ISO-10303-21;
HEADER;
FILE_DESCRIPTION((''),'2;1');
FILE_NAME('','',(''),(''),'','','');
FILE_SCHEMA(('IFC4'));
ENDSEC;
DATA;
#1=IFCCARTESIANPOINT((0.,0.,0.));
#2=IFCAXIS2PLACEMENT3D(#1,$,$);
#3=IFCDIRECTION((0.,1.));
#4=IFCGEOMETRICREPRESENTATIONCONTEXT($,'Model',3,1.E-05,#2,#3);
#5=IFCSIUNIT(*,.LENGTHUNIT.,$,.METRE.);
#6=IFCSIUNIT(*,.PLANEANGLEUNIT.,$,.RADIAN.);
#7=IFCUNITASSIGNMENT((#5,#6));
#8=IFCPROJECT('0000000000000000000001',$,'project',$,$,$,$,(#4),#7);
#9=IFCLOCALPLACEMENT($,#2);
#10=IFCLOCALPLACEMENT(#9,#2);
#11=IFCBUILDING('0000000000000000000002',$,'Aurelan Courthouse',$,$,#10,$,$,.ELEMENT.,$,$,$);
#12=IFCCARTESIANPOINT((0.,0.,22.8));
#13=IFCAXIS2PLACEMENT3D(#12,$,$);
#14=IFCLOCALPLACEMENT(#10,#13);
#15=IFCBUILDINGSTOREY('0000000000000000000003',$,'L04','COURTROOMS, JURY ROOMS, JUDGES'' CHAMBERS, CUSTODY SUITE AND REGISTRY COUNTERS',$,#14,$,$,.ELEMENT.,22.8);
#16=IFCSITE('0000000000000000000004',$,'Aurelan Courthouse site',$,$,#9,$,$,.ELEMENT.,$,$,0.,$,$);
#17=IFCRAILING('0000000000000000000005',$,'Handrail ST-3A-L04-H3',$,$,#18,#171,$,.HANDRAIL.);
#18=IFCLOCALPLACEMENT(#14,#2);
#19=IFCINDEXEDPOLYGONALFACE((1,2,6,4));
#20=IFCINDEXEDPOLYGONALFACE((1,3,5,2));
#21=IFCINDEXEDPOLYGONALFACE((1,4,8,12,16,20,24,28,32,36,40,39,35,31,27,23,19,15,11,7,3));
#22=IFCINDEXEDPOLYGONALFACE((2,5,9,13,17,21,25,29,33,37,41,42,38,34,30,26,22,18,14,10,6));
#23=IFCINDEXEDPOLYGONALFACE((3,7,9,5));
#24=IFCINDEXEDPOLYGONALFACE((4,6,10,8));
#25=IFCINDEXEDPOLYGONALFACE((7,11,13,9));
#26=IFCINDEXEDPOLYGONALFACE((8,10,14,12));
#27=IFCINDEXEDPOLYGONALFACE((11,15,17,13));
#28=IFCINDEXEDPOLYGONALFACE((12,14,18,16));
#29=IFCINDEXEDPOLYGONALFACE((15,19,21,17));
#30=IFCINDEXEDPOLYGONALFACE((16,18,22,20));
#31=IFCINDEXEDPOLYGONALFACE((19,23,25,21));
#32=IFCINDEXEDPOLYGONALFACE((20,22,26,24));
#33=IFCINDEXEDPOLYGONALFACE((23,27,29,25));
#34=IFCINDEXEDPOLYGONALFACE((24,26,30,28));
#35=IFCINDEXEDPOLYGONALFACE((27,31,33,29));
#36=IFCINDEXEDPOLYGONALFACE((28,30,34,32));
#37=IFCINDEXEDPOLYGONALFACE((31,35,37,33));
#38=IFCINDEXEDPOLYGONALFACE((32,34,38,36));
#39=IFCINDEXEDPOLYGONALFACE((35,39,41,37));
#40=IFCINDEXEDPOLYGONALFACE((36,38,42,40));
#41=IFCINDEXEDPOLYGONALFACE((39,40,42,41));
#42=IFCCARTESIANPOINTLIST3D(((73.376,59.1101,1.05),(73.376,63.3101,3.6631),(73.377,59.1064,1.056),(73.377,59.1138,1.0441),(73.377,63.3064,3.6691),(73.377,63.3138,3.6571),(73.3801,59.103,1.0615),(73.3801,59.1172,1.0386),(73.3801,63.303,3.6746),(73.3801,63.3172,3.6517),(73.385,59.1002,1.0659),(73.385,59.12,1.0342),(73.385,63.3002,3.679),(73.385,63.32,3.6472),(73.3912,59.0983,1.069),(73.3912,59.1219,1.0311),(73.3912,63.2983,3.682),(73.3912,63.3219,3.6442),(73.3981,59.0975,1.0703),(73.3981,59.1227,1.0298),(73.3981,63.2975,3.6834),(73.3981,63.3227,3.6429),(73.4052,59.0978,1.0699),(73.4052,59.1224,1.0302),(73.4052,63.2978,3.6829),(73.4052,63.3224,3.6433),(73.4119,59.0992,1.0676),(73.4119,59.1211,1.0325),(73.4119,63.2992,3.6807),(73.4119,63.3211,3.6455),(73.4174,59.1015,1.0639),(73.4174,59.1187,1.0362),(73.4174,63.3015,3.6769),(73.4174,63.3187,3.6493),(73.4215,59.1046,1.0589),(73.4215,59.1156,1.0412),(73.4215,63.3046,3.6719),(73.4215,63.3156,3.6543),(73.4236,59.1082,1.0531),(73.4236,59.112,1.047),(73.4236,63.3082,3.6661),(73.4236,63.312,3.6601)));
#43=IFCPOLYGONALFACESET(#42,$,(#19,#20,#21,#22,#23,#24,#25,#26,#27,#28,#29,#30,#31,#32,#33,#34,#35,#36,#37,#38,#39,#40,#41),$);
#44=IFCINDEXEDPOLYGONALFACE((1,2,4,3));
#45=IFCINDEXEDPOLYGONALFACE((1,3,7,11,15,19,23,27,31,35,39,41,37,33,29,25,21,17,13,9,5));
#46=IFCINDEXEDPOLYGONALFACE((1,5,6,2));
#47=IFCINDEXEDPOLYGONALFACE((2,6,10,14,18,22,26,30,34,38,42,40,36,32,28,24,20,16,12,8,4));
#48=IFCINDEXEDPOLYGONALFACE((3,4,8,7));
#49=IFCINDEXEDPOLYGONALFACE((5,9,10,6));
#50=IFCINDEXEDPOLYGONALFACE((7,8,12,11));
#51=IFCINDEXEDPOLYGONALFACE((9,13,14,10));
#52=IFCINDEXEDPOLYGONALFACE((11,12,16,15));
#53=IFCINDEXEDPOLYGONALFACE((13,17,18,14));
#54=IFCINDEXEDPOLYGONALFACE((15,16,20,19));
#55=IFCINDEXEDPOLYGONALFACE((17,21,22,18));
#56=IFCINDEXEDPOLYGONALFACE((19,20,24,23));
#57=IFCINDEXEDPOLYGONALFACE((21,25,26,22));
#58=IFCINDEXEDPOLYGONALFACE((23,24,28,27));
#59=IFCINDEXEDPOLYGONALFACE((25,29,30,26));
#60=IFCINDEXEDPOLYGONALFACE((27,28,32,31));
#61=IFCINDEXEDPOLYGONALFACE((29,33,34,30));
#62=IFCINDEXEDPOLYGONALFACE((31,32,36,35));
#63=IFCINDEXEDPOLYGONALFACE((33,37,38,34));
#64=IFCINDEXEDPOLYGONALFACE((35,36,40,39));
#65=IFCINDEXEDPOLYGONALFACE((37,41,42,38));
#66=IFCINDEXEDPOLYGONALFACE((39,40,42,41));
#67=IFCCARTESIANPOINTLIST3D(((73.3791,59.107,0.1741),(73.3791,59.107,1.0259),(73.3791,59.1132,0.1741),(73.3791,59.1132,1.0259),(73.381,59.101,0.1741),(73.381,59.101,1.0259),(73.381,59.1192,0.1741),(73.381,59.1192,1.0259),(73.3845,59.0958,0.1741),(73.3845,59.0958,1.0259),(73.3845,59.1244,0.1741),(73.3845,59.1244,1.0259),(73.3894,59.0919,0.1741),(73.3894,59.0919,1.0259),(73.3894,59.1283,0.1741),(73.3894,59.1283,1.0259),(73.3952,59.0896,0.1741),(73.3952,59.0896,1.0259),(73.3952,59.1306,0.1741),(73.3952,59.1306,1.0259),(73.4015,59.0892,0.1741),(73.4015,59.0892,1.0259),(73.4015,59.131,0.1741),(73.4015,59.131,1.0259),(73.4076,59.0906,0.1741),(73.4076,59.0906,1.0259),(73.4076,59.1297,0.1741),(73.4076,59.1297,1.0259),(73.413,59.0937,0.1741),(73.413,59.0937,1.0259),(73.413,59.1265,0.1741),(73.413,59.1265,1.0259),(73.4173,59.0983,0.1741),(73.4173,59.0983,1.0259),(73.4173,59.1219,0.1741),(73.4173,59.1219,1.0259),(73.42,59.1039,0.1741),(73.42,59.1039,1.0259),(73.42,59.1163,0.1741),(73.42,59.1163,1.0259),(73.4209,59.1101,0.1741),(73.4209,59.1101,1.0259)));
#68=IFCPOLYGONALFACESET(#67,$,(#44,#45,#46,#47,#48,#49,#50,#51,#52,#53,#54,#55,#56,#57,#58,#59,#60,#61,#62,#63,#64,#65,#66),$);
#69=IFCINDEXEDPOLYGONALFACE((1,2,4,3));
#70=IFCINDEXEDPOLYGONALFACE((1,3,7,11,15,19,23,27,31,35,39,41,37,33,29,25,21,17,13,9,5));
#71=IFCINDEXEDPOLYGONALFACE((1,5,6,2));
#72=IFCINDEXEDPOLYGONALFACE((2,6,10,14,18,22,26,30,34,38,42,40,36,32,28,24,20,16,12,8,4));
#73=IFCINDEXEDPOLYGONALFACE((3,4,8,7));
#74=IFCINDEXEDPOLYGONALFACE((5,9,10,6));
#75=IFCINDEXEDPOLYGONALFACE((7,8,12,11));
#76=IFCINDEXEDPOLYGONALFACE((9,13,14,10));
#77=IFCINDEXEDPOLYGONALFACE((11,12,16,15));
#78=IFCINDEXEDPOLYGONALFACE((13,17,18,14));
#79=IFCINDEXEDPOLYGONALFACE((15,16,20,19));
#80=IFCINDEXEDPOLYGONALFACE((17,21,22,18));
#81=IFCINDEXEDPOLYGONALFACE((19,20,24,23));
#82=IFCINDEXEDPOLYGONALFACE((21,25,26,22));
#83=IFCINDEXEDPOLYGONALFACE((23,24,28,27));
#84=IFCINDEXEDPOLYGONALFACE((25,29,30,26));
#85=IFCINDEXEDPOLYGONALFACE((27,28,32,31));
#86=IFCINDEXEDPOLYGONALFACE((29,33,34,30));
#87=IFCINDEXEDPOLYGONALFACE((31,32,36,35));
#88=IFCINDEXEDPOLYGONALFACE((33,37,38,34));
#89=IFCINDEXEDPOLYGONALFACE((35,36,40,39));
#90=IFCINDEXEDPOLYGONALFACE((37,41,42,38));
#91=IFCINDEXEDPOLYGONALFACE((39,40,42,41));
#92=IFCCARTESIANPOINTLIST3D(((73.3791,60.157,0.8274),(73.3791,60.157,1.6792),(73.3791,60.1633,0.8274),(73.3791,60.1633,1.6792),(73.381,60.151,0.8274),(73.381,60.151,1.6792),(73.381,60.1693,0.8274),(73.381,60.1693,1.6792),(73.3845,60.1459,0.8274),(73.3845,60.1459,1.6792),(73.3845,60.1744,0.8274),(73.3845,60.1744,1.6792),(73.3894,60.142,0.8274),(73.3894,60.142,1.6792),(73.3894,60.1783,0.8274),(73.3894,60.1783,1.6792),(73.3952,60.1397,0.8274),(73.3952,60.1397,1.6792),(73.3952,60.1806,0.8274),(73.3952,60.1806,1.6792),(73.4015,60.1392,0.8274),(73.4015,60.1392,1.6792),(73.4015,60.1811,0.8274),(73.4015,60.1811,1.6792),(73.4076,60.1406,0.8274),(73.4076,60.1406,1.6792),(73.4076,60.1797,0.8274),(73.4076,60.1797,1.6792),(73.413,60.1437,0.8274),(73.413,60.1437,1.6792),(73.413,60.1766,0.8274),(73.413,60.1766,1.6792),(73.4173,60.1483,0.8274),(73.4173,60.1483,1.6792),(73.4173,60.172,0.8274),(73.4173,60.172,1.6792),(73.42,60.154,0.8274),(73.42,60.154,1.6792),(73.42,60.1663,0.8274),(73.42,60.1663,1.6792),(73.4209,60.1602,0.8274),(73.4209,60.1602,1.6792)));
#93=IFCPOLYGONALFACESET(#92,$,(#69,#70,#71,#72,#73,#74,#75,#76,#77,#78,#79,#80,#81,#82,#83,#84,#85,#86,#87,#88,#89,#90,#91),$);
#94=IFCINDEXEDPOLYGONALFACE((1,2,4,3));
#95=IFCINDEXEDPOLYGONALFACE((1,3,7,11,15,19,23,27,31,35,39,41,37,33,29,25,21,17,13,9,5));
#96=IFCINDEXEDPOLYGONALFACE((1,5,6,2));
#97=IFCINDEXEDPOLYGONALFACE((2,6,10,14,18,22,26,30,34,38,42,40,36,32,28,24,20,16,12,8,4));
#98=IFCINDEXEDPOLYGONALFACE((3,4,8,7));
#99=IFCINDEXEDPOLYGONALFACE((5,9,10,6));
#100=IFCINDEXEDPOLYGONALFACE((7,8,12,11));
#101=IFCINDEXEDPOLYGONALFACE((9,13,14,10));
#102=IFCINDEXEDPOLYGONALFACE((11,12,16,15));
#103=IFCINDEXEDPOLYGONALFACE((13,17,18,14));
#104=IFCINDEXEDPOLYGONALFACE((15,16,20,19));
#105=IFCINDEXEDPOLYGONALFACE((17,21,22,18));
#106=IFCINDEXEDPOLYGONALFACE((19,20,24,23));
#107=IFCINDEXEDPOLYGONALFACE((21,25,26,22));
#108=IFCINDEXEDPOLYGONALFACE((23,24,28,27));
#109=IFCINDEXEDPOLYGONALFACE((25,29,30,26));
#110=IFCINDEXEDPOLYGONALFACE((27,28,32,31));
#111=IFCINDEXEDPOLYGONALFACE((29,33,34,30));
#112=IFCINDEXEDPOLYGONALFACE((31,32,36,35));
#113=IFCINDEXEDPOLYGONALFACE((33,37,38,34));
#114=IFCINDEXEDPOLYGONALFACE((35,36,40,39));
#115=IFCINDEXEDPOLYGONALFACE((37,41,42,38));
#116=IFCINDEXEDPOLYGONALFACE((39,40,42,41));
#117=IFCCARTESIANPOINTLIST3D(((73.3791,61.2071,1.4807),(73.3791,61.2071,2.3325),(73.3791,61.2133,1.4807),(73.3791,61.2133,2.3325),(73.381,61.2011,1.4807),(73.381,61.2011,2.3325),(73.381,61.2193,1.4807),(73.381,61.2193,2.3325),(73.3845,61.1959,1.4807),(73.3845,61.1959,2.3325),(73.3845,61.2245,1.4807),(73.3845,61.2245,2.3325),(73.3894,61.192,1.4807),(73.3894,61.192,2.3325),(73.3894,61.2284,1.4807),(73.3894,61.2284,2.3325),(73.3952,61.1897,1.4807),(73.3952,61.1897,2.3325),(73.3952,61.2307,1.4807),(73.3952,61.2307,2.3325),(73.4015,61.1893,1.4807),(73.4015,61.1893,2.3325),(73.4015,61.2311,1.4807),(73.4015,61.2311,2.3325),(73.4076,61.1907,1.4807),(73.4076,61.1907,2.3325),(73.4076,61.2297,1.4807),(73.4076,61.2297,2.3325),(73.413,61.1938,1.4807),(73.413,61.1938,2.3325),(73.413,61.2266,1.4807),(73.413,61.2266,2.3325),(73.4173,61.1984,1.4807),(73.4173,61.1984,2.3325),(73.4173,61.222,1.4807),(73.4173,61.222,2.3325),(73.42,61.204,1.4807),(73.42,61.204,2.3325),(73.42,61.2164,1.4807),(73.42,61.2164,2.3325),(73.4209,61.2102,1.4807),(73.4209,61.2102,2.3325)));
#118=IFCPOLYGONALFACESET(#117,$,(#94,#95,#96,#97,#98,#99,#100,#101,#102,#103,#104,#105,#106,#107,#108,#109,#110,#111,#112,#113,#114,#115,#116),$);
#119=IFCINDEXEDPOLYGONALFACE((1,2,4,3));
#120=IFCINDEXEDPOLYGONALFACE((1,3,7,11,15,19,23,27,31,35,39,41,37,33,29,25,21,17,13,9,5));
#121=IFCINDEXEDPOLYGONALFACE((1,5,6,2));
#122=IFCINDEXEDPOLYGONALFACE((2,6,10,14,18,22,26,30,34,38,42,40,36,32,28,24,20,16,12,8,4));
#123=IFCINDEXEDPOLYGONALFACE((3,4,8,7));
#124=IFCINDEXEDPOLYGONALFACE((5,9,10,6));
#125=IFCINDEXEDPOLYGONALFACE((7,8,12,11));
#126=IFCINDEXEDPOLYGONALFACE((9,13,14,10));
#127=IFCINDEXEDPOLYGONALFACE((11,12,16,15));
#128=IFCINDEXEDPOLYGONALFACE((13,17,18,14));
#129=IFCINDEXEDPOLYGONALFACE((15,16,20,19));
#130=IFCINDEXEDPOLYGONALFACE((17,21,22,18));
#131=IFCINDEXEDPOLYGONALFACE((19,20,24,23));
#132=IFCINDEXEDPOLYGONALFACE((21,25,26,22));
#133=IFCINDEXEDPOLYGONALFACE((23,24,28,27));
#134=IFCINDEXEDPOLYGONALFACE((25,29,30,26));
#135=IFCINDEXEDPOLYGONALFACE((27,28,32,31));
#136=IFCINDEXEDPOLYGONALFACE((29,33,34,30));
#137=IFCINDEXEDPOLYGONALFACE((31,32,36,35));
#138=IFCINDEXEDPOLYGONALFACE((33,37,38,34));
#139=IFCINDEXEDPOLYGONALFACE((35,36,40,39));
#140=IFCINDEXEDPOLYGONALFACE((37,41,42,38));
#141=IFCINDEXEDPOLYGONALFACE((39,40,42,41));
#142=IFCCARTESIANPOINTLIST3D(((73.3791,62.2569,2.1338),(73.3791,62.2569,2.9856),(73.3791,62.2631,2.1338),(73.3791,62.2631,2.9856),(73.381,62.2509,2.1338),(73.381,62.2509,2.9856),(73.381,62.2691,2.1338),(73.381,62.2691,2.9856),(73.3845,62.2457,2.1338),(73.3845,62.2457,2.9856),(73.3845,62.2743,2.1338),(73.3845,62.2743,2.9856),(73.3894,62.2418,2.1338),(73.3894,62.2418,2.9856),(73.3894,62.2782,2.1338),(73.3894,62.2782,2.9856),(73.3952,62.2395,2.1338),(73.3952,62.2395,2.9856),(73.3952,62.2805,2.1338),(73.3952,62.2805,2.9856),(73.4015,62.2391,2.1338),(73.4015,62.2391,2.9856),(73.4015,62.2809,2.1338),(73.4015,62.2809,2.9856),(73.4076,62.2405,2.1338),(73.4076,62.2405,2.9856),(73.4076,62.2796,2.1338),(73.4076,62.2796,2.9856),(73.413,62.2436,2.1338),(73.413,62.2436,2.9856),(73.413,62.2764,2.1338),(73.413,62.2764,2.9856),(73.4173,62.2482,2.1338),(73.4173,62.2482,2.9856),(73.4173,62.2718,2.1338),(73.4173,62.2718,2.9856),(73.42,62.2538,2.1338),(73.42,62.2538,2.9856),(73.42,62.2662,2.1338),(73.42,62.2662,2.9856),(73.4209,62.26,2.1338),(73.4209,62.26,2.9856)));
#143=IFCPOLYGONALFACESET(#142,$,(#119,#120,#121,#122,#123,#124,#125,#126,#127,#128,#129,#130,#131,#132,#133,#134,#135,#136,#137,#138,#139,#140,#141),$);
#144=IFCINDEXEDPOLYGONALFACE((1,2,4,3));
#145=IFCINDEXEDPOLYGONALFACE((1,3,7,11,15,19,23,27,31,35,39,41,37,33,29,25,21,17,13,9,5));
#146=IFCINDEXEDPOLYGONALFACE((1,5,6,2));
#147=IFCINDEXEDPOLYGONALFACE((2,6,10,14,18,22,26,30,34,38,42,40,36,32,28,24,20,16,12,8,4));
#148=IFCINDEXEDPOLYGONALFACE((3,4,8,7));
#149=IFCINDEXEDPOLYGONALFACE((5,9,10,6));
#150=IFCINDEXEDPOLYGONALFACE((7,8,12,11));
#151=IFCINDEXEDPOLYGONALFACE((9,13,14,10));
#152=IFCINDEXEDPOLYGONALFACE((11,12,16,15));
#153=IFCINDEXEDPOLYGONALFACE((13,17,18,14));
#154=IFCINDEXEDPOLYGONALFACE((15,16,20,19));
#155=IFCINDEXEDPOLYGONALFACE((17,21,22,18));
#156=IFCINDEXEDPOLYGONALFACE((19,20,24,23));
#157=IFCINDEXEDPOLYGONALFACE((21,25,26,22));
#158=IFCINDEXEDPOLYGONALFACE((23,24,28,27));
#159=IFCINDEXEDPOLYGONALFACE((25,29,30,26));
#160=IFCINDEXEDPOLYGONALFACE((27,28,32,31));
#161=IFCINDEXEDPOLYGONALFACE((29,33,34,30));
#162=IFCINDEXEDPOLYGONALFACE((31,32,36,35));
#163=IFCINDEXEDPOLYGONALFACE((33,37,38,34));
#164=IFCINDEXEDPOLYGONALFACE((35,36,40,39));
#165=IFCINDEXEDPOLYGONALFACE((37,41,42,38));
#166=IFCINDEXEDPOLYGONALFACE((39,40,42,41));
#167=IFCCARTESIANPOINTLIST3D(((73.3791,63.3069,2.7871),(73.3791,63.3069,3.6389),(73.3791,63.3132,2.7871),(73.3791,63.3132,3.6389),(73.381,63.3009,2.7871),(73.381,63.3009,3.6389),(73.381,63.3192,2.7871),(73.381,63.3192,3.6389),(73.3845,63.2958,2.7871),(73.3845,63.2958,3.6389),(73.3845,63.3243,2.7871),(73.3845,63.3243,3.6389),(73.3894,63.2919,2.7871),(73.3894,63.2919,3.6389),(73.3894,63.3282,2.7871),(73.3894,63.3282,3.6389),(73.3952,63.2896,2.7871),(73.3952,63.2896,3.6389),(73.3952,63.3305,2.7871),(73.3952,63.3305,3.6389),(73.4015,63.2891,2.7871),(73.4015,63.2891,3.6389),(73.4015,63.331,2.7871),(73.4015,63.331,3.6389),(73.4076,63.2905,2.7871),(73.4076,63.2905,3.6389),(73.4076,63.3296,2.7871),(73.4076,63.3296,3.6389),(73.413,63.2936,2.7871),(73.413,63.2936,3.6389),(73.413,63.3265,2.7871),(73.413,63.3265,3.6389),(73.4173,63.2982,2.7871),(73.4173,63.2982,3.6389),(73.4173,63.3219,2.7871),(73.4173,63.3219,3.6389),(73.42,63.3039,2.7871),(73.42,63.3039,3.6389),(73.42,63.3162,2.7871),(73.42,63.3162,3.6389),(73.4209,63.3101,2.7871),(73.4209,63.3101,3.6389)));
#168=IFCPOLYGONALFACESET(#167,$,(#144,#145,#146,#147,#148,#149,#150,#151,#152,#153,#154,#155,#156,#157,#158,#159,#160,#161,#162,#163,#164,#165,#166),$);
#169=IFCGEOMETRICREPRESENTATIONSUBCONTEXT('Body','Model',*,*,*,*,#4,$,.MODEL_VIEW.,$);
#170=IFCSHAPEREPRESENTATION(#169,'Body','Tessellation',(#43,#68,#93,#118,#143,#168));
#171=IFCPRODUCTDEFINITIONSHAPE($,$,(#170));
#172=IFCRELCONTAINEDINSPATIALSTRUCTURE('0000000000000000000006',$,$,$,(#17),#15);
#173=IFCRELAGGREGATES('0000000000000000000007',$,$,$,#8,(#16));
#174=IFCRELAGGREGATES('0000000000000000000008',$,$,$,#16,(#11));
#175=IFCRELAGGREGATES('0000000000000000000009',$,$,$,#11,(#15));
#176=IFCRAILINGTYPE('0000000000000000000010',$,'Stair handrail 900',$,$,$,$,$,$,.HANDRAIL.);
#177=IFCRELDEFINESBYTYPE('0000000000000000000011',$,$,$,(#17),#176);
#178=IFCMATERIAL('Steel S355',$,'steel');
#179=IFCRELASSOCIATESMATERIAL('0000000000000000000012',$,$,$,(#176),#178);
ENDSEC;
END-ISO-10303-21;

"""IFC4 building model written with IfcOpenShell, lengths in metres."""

from ifc_helpers import new_model, si_unit, direction, frame, origin, origin_2d, place, context, subcontext, project, spatial, circle, extrude, material, type_object, element, save


model = new_model("IFC4")

# Units and contexts
model_context = context("Model", 3, precision=1e-05, world=origin(), true_north=direction((0.0, 1.0)))
body_context = subcontext(model_context, "Body", "Model", "MODEL_VIEW")
ifc_project = project(units=[si_unit("LENGTHUNIT", "METRE"), si_unit("PLANEANGLEUNIT", "RADIAN")], contexts=[model_context])

# Site, building, storey
site_placement = place(None, origin())
site = spatial("IfcSite", under=ifc_project, at=site_placement, Name="Aurelan Courthouse site", CompositionType="ELEMENT", RefElevation=0.0)
building_placement = place(site_placement, origin())
building = spatial("IfcBuilding", under=site, at=building_placement, Name="Aurelan Courthouse", CompositionType="ELEMENT")
storey_placement = place(building_placement, frame((0.0, 0.0, 22.8)))
storey = spatial("IfcBuildingStorey", under=building, at=storey_placement, Name="L04", Description="COURTROOMS, JURY ROOMS, JUDGES' CHAMBERS, CUSTODY SUITE AND REGISTRY COUNTERS", CompositionType="ELEMENT", Elevation=22.8)

# Railing
ifc_material_1 = material(Name="Steel S355", Category="steel")
railing_type = type_object("IfcRailingType", Name="Stair handrail 900", PredefinedType="HANDRAIL", material=ifc_material_1)
for number, where, name in (
    (1, (73.3999, 59.1101, 0.1741), "Handrail ST-3A-L04-H3"),
):
    element("IfcRailing", number, at=place(storey_placement, frame(where)), inside=storey, type_object=railing_type, Name=name, PredefinedType="HANDRAIL", context=body_context, shape_type="SweptSolid", body=[
        extrude(circle(Radius=0.0239, at=origin_2d()), frame((0.0, 0.0, 0.876), z_axis=(0.0, 0.849081, 0.528263), x_axis=(-1.0, 0.0, 0.0)), (0.0, 0.0, 1.0), 4.9465),
        extrude(circle(Radius=0.021, at=origin_2d()), origin(), (0.0, 0.0, 1.0), 0.8518),
        extrude(circle(Radius=0.021, at=origin_2d()), frame((0.0, 1.05, 0.6533)), (0.0, 0.0, 1.0), 0.8518),
        extrude(circle(Radius=0.021, at=origin_2d()), frame((0.0, 2.1001, 1.3066)), (0.0, 0.0, 1.0), 0.8518),
        extrude(circle(Radius=0.021, at=origin_2d()), frame((0.0, 3.1499, 1.9597)), (0.0, 0.0, 1.0), 0.8518),
        extrude(circle(Radius=0.021, at=origin_2d()), frame((0.0, 4.2, 2.613)), (0.0, 0.0, 1.0), 0.8518),
    ])

save(model, "model.ifc")
